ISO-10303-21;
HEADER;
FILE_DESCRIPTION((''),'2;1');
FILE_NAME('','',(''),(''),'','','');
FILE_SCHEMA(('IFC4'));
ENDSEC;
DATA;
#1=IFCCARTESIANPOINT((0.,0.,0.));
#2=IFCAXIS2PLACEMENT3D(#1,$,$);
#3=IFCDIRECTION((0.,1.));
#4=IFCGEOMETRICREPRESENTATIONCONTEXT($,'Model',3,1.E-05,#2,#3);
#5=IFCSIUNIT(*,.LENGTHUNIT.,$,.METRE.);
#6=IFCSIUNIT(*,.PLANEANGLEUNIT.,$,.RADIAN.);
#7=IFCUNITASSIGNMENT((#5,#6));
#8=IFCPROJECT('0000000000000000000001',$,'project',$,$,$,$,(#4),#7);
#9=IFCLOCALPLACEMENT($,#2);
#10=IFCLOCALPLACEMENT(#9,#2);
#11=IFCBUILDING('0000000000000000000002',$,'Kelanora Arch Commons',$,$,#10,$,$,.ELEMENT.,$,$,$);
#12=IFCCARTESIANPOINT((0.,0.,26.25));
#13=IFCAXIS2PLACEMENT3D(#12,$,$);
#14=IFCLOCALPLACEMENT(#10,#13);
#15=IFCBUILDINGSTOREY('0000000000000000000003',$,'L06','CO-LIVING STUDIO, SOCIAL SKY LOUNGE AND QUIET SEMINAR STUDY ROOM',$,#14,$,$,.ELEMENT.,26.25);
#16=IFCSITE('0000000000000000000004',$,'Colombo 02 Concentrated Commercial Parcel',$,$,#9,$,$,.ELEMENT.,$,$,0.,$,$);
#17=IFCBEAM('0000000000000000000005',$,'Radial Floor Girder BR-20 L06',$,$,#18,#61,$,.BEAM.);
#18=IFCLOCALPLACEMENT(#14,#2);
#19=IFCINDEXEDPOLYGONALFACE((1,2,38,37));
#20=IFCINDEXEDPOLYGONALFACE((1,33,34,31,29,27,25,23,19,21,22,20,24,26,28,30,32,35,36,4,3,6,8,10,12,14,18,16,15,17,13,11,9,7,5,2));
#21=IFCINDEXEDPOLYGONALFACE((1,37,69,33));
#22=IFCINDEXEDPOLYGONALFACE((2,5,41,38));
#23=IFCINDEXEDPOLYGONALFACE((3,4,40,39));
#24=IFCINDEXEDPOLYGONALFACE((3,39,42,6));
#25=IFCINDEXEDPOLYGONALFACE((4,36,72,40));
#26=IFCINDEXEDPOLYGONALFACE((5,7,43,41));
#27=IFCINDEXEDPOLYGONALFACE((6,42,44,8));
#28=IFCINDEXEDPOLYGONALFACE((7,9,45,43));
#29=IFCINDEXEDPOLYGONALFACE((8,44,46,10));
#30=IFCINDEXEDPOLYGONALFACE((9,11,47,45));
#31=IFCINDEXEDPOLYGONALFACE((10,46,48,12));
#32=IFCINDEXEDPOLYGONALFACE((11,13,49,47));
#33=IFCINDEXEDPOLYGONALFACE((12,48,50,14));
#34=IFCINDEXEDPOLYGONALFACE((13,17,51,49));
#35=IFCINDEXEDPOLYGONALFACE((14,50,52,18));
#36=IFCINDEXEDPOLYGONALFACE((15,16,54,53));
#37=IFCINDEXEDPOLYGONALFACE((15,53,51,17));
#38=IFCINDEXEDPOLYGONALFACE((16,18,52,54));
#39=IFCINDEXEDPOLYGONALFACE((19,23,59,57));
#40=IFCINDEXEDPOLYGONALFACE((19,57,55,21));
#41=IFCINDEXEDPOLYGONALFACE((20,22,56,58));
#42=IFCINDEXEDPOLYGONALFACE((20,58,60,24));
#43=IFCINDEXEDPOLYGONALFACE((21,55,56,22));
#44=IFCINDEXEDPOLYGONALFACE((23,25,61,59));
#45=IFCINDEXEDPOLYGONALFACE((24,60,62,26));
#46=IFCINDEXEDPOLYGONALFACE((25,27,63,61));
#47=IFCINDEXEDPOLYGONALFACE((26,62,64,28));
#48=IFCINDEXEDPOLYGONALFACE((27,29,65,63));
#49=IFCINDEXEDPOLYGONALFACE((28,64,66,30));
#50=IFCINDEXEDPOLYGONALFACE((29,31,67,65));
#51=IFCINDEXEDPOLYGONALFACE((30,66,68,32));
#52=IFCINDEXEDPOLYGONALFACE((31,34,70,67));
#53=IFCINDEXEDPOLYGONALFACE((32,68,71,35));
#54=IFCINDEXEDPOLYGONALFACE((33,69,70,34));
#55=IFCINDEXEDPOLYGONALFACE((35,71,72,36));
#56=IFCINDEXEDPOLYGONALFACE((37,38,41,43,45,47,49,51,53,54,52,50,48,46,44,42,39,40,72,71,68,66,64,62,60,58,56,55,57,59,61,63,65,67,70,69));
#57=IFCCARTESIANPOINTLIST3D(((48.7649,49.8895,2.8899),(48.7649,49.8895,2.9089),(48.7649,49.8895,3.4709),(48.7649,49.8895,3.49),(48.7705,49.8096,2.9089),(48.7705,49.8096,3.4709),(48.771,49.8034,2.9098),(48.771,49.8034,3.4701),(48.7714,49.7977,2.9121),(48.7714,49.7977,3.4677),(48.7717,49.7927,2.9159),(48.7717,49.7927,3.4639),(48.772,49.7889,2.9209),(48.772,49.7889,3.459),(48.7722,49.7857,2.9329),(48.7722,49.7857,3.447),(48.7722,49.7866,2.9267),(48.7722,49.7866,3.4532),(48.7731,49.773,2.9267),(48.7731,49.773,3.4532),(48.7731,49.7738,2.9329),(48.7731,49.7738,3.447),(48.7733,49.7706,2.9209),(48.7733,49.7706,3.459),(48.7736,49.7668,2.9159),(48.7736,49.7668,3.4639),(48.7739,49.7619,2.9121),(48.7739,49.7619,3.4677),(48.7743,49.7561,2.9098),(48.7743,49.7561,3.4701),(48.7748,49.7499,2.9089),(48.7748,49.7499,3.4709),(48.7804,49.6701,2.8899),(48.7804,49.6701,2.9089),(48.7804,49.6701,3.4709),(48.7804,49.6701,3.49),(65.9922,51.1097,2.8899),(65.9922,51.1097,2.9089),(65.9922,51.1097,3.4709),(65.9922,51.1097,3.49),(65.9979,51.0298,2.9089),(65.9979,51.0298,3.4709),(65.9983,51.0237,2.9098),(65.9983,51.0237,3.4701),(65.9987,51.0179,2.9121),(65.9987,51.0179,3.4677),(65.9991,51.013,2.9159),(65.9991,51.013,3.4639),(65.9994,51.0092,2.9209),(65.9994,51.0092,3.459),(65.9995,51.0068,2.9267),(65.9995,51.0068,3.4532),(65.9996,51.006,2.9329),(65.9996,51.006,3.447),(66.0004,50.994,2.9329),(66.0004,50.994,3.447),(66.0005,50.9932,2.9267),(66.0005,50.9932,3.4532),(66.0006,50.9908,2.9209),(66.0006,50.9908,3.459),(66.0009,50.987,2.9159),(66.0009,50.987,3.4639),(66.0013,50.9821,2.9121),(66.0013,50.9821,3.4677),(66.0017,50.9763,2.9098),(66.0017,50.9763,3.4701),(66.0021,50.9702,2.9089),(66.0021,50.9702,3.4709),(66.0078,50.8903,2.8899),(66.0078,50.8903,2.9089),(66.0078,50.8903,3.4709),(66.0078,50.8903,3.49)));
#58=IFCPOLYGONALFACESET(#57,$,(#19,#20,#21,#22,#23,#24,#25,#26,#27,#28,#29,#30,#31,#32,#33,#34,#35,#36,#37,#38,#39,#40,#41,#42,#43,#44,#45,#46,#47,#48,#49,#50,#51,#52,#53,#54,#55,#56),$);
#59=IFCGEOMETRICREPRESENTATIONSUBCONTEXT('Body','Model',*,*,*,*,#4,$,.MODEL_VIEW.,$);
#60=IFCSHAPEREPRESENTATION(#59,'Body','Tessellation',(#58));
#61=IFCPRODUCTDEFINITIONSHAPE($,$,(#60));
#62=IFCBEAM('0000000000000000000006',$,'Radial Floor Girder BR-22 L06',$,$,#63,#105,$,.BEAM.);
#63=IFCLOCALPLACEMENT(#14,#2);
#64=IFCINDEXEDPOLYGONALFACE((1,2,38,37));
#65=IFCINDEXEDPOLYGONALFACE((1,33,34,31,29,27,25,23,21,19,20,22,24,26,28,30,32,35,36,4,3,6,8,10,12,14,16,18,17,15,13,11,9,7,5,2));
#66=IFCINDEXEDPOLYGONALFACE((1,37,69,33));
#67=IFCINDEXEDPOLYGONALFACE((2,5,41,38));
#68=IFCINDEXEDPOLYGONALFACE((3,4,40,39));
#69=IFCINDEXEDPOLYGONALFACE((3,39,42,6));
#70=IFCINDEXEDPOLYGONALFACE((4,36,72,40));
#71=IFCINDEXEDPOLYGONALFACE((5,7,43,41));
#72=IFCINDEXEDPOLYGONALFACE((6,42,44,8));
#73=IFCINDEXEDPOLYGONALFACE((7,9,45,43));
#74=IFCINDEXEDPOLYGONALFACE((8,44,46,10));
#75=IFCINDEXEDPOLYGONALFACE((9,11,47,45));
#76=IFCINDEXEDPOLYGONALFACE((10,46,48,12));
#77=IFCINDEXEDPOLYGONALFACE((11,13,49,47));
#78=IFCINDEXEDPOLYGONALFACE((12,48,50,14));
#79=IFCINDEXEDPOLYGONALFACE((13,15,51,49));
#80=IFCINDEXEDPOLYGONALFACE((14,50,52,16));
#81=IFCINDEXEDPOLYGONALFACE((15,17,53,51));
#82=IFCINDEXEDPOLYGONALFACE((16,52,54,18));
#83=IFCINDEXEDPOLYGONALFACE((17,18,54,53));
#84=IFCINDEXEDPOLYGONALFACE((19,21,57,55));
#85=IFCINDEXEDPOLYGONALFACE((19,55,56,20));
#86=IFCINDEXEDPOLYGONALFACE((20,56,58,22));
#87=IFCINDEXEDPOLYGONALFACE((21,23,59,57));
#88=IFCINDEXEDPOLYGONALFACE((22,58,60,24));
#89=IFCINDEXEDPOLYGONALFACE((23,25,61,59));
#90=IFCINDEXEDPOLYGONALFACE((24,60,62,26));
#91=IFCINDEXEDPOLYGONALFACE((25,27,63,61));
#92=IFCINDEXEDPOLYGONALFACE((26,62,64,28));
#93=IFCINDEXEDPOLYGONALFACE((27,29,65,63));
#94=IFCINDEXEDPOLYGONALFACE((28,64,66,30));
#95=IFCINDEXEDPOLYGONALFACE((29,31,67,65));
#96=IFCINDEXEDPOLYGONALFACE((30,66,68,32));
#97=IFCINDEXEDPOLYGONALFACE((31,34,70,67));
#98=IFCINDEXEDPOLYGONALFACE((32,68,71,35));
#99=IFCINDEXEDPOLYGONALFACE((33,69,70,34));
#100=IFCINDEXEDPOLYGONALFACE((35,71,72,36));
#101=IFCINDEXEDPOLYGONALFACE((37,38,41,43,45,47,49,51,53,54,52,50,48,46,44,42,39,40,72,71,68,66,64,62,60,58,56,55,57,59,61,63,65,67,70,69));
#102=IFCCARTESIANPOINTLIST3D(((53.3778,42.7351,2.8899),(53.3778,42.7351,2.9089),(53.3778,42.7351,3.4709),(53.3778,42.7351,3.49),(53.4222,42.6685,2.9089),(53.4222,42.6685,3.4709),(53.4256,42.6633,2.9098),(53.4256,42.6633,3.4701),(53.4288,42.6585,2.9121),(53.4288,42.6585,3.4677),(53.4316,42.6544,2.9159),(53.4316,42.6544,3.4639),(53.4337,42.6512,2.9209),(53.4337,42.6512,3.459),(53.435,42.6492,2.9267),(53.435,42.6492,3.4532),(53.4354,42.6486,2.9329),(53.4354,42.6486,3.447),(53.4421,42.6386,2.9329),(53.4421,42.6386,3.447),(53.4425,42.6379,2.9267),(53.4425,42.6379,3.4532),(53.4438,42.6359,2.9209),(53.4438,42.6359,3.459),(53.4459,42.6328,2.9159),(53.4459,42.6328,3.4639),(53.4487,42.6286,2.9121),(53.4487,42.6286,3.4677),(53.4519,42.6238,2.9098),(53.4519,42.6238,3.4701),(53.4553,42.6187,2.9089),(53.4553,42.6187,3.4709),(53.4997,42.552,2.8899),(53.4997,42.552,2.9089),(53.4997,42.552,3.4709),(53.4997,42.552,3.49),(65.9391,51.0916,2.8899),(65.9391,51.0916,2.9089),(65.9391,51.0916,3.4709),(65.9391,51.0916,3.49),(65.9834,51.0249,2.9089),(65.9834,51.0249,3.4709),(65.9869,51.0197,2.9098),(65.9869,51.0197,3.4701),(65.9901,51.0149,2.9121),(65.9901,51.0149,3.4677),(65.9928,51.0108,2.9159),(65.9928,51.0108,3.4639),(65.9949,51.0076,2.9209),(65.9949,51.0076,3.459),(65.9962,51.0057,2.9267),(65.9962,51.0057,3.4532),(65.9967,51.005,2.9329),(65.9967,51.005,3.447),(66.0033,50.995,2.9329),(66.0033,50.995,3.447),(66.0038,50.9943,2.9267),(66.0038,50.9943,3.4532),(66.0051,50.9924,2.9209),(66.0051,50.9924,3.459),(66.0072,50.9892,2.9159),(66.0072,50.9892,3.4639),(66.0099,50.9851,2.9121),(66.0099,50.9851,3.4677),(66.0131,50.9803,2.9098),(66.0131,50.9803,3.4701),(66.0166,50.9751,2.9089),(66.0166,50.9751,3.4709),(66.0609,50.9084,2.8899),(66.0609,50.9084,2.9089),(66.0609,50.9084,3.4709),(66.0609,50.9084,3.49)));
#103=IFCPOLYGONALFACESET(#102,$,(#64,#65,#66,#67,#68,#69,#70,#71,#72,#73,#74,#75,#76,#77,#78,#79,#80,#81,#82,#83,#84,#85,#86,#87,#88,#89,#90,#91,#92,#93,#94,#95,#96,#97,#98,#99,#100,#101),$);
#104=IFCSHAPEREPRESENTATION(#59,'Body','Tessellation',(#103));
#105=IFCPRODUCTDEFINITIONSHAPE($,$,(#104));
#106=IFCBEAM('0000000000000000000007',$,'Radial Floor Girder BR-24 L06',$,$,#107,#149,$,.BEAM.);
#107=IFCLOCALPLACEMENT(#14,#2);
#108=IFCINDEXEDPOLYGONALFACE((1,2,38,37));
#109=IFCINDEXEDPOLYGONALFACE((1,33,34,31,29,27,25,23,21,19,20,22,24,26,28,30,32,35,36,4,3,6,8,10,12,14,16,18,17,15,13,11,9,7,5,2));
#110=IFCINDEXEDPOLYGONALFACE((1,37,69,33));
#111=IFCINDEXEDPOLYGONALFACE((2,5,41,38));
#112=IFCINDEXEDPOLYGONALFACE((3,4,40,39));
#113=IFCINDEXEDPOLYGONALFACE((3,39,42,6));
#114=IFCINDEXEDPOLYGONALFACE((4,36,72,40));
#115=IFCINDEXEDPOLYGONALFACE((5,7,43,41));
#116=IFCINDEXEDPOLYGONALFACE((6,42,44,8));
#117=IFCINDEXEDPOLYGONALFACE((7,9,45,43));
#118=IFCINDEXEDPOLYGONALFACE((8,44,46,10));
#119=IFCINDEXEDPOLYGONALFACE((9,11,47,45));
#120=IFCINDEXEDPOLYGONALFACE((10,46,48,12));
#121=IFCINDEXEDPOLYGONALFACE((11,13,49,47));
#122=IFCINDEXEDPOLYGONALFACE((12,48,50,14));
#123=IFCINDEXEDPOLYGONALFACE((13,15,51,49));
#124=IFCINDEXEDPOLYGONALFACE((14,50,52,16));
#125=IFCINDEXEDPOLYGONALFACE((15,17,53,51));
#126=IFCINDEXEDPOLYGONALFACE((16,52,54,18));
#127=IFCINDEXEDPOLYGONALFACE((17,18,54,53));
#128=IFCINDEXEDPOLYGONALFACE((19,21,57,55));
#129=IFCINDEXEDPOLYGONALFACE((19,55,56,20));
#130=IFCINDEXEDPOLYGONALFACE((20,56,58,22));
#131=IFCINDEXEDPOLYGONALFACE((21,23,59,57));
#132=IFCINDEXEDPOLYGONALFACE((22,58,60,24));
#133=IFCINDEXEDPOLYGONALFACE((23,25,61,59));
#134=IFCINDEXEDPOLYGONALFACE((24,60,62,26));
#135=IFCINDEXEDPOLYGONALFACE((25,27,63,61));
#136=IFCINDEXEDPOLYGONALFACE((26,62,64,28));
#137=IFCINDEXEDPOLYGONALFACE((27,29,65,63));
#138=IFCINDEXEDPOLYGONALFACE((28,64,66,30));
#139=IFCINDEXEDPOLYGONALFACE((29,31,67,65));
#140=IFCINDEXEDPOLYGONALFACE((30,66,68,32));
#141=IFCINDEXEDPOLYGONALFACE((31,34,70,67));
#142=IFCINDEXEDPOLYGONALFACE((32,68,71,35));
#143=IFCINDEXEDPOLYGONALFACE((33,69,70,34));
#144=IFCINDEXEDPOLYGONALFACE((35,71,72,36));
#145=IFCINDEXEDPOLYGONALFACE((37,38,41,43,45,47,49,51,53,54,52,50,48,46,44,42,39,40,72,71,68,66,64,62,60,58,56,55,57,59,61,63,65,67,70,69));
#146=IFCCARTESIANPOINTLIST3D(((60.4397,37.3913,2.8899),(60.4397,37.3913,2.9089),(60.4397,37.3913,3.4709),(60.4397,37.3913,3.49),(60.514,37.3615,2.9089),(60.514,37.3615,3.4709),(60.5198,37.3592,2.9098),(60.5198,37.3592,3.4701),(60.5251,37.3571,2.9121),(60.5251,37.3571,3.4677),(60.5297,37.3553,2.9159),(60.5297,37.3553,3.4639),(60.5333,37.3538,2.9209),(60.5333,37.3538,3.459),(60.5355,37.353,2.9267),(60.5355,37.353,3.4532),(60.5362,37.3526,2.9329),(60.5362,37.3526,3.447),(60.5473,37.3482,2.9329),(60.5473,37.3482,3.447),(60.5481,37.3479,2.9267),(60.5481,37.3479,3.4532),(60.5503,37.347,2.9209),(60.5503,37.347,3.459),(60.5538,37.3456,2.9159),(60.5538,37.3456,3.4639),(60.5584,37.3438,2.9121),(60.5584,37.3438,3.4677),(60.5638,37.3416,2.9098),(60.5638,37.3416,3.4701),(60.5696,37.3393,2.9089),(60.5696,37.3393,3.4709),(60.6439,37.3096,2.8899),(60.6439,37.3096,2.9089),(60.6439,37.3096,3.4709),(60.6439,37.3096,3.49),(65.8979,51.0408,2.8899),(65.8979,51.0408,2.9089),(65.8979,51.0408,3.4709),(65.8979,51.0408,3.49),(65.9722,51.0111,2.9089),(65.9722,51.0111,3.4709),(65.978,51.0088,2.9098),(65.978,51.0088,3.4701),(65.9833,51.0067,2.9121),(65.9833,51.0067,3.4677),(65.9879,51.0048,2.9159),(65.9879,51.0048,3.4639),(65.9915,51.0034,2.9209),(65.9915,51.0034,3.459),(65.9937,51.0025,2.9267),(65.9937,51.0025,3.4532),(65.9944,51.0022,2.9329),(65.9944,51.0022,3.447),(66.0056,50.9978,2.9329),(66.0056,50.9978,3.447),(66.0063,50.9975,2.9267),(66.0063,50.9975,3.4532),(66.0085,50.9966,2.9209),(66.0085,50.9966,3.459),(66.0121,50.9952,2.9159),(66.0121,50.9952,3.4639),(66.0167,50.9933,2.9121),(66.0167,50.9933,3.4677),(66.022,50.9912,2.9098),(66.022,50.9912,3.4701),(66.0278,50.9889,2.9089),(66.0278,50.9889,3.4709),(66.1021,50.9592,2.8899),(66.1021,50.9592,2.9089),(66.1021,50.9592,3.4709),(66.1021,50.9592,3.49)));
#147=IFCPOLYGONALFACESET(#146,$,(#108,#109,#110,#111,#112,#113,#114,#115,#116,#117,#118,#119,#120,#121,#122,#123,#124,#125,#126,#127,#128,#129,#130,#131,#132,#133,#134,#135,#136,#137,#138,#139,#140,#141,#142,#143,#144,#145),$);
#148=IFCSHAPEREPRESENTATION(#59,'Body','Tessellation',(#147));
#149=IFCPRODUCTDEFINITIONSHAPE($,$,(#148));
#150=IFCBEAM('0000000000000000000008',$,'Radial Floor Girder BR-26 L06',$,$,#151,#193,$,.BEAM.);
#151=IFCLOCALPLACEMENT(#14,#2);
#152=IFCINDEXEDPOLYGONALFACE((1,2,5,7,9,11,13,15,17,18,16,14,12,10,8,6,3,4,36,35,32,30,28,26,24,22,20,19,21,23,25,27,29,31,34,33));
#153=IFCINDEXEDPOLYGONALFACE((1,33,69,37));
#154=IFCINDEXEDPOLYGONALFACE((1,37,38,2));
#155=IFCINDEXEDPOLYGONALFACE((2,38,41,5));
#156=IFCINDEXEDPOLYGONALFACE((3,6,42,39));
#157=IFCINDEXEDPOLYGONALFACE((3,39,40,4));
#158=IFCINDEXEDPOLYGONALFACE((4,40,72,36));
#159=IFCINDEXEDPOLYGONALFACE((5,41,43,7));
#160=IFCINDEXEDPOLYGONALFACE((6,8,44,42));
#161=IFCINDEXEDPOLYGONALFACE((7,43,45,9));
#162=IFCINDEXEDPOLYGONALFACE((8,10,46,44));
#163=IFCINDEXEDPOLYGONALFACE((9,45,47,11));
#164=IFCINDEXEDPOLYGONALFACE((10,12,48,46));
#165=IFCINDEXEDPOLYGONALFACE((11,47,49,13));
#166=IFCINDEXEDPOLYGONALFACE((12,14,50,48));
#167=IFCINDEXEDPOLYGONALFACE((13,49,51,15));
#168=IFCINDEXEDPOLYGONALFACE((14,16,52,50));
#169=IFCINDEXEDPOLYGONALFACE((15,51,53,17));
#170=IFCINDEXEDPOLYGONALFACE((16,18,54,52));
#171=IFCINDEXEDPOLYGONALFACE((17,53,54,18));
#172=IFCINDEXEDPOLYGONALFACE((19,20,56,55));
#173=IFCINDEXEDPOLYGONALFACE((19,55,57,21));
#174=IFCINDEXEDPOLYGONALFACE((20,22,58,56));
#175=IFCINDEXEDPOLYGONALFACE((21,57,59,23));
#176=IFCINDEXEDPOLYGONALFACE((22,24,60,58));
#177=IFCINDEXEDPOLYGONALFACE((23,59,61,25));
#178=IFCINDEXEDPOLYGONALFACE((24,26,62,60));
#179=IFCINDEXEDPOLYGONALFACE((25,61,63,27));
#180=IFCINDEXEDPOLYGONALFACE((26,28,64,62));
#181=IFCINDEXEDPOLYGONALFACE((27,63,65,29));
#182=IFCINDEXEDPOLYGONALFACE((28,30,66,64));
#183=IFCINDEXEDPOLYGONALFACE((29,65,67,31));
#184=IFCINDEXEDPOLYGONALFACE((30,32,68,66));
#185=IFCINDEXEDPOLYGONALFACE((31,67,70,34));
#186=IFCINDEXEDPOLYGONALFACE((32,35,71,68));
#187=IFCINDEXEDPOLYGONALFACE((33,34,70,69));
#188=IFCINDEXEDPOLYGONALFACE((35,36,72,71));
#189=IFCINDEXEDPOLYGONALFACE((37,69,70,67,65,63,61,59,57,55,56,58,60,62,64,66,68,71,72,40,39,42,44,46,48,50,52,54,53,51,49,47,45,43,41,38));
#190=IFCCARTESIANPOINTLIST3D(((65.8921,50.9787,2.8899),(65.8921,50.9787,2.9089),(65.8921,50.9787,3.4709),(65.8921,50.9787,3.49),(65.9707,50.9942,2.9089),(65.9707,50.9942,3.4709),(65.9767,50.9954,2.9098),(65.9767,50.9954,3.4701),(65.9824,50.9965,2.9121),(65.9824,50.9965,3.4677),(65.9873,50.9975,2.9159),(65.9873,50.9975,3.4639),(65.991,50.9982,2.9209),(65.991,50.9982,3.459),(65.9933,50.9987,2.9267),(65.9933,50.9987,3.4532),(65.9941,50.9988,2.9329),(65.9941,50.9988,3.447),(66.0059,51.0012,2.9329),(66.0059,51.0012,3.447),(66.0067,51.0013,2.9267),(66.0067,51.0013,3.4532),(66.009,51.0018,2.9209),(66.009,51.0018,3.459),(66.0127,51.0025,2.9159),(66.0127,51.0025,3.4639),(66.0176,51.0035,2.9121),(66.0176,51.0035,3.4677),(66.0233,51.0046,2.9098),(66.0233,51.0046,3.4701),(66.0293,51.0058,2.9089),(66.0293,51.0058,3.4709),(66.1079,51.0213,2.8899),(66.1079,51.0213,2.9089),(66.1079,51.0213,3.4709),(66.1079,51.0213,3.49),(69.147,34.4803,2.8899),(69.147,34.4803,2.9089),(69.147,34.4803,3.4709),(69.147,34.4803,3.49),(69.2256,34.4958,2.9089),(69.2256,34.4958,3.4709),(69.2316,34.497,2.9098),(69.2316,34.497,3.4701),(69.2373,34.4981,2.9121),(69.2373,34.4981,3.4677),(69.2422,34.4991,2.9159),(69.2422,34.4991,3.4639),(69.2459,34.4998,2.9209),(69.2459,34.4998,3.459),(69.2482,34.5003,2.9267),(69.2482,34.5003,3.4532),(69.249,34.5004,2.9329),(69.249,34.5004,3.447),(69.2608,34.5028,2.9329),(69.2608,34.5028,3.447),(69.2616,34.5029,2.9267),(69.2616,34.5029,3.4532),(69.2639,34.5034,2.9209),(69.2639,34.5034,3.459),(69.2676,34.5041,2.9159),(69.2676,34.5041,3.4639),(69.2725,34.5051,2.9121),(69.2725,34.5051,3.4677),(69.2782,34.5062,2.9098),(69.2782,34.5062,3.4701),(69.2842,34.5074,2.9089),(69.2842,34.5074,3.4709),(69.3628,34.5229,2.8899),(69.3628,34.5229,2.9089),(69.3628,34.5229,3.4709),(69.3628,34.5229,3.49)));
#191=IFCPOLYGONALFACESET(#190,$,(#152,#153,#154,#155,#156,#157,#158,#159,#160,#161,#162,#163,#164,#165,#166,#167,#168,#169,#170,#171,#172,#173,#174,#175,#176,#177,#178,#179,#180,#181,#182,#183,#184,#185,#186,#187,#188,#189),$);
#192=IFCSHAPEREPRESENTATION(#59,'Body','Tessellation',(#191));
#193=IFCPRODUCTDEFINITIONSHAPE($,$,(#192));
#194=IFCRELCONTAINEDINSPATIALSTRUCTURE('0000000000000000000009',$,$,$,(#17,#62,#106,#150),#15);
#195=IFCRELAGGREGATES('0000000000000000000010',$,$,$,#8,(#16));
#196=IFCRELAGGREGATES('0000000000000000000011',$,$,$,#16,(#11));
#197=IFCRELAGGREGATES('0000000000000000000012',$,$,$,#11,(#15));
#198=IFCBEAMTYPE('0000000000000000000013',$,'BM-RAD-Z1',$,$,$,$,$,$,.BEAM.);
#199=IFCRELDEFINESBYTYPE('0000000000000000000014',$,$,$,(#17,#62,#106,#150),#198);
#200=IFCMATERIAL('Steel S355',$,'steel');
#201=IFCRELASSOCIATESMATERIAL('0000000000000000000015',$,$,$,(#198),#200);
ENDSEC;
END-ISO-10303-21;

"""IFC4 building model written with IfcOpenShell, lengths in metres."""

from ifc_helpers import new_model, si_unit, direction, frame, origin, origin_2d, place, context, subcontext, project, spatial, i_section, extrude, material, material_profile, profile_set, type_object, element, save


model = new_model("IFC4")

# Units and contexts
model_context = context("Model", 3, precision=1e-05, world=origin(), true_north=direction((0.0, 1.0)))
body_context = subcontext(model_context, "Body", "Model", "MODEL_VIEW")
ifc_project = project(units=[si_unit("LENGTHUNIT", "METRE"), si_unit("PLANEANGLEUNIT", "RADIAN")], contexts=[model_context])

# Site, building, storey
site_placement = place(None, origin())
site = spatial("IfcSite", under=ifc_project, at=site_placement, Name="Colombo 02 Concentrated Commercial Parcel", CompositionType="ELEMENT", RefElevation=0.0)
building_placement = place(site_placement, origin())
building = spatial("IfcBuilding", under=site, at=building_placement, Name="Kelanora Arch Commons", CompositionType="ELEMENT")
storey_placement = place(building_placement, frame((0.0, 0.0, 26.25)))
storey = spatial("IfcBuildingStorey", under=building, at=storey_placement, Name="L06", Description="CO-LIVING STUDIO, SOCIAL SKY LOUNGE AND QUIET SEMINAR STUDY ROOM", CompositionType="ELEMENT", Elevation=26.25)

# Beams
ifc_material_1 = material(Name="Steel S355", Category="steel")
ifc_material_profile_1 = material_profile(ifc_material_1, i_section(OverallWidth=0.22, OverallDepth=0.6001, WebThickness=0.012, FlangeThickness=0.019, FilletRadius=0.0239, at=origin_2d()), Name="IPE600")
ifc_profile_set_1 = profile_set([ifc_material_profile_1], Name="Steel S355")
beam_type_1 = type_object("IfcBeamType", Name="BM-RAD-Z1", PredefinedType="BEAM", material=ifc_profile_set_1)
beam_1_placement = place(storey_placement, frame((66.0, 51.0, 3.1899), z_axis=(-0.997501, -0.070653, 0.0), x_axis=(0.070653, -0.997501, 0.0)))
element("IfcBeam", 1, at=beam_1_placement, inside=storey, type_object=beam_type_1, Name="Radial Floor Girder BR-20 L06", PredefinedType="BEAM", context=body_context, shape_type="SweptSolid", body=[
    extrude(i_section(OverallWidth=0.22, OverallDepth=0.6001, WebThickness=0.012, FlangeThickness=0.019, FilletRadius=0.0239, at=origin_2d()), origin(), (0.0, 0.0, 1.0), 17.2705),
])
beam_2_placement = place(storey_placement, frame((66.0, 51.0, 3.1899), z_axis=(-0.832593, -0.553886, 0.0), x_axis=(0.553886, -0.832593, 0.0)))
element("IfcBeam", 2, at=beam_2_placement, inside=storey, type_object=beam_type_1, Name="Radial Floor Girder BR-22 L06", PredefinedType="BEAM", context=body_context, shape_type="SweptSolid", body=[
    extrude(i_section(OverallWidth=0.22, OverallDepth=0.6001, WebThickness=0.012, FlangeThickness=0.019, FilletRadius=0.0239, at=origin_2d()), origin(), (0.0, 0.0, 1.0), 15.0869),
])
beam_3_placement = place(storey_placement, frame((66.0, 51.0, 3.1899), z_axis=(-0.371296, -0.928514, 0.0), x_axis=(0.928514, -0.371296, 0.0)))
element("IfcBeam", 3, at=beam_3_placement, inside=storey, type_object=beam_type_1, Name="Radial Floor Girder BR-24 L06", PredefinedType="BEAM", context=body_context, shape_type="SweptSolid", body=[
    extrude(i_section(OverallWidth=0.22, OverallDepth=0.6001, WebThickness=0.012, FlangeThickness=0.019, FilletRadius=0.0239, at=origin_2d()), origin(), (0.0, 0.0, 1.0), 14.7004),
])
beam_4_placement = place(storey_placement, frame((66.0, 51.0, 3.1899), z_axis=(0.193555, -0.981089, 0.0), x_axis=(0.981089, 0.193555, 0.0)))
element("IfcBeam", 4, at=beam_4_placement, inside=storey, type_object=beam_type_1, Name="Radial Floor Girder BR-26 L06", PredefinedType="BEAM", context=body_context, shape_type="SweptSolid", body=[
    extrude(i_section(OverallWidth=0.22, OverallDepth=0.6001, WebThickness=0.012, FlangeThickness=0.019, FilletRadius=0.0239, at=origin_2d()), origin(), (0.0, 0.0, 1.0), 16.8164),
])

save(model, "model.ifc")
